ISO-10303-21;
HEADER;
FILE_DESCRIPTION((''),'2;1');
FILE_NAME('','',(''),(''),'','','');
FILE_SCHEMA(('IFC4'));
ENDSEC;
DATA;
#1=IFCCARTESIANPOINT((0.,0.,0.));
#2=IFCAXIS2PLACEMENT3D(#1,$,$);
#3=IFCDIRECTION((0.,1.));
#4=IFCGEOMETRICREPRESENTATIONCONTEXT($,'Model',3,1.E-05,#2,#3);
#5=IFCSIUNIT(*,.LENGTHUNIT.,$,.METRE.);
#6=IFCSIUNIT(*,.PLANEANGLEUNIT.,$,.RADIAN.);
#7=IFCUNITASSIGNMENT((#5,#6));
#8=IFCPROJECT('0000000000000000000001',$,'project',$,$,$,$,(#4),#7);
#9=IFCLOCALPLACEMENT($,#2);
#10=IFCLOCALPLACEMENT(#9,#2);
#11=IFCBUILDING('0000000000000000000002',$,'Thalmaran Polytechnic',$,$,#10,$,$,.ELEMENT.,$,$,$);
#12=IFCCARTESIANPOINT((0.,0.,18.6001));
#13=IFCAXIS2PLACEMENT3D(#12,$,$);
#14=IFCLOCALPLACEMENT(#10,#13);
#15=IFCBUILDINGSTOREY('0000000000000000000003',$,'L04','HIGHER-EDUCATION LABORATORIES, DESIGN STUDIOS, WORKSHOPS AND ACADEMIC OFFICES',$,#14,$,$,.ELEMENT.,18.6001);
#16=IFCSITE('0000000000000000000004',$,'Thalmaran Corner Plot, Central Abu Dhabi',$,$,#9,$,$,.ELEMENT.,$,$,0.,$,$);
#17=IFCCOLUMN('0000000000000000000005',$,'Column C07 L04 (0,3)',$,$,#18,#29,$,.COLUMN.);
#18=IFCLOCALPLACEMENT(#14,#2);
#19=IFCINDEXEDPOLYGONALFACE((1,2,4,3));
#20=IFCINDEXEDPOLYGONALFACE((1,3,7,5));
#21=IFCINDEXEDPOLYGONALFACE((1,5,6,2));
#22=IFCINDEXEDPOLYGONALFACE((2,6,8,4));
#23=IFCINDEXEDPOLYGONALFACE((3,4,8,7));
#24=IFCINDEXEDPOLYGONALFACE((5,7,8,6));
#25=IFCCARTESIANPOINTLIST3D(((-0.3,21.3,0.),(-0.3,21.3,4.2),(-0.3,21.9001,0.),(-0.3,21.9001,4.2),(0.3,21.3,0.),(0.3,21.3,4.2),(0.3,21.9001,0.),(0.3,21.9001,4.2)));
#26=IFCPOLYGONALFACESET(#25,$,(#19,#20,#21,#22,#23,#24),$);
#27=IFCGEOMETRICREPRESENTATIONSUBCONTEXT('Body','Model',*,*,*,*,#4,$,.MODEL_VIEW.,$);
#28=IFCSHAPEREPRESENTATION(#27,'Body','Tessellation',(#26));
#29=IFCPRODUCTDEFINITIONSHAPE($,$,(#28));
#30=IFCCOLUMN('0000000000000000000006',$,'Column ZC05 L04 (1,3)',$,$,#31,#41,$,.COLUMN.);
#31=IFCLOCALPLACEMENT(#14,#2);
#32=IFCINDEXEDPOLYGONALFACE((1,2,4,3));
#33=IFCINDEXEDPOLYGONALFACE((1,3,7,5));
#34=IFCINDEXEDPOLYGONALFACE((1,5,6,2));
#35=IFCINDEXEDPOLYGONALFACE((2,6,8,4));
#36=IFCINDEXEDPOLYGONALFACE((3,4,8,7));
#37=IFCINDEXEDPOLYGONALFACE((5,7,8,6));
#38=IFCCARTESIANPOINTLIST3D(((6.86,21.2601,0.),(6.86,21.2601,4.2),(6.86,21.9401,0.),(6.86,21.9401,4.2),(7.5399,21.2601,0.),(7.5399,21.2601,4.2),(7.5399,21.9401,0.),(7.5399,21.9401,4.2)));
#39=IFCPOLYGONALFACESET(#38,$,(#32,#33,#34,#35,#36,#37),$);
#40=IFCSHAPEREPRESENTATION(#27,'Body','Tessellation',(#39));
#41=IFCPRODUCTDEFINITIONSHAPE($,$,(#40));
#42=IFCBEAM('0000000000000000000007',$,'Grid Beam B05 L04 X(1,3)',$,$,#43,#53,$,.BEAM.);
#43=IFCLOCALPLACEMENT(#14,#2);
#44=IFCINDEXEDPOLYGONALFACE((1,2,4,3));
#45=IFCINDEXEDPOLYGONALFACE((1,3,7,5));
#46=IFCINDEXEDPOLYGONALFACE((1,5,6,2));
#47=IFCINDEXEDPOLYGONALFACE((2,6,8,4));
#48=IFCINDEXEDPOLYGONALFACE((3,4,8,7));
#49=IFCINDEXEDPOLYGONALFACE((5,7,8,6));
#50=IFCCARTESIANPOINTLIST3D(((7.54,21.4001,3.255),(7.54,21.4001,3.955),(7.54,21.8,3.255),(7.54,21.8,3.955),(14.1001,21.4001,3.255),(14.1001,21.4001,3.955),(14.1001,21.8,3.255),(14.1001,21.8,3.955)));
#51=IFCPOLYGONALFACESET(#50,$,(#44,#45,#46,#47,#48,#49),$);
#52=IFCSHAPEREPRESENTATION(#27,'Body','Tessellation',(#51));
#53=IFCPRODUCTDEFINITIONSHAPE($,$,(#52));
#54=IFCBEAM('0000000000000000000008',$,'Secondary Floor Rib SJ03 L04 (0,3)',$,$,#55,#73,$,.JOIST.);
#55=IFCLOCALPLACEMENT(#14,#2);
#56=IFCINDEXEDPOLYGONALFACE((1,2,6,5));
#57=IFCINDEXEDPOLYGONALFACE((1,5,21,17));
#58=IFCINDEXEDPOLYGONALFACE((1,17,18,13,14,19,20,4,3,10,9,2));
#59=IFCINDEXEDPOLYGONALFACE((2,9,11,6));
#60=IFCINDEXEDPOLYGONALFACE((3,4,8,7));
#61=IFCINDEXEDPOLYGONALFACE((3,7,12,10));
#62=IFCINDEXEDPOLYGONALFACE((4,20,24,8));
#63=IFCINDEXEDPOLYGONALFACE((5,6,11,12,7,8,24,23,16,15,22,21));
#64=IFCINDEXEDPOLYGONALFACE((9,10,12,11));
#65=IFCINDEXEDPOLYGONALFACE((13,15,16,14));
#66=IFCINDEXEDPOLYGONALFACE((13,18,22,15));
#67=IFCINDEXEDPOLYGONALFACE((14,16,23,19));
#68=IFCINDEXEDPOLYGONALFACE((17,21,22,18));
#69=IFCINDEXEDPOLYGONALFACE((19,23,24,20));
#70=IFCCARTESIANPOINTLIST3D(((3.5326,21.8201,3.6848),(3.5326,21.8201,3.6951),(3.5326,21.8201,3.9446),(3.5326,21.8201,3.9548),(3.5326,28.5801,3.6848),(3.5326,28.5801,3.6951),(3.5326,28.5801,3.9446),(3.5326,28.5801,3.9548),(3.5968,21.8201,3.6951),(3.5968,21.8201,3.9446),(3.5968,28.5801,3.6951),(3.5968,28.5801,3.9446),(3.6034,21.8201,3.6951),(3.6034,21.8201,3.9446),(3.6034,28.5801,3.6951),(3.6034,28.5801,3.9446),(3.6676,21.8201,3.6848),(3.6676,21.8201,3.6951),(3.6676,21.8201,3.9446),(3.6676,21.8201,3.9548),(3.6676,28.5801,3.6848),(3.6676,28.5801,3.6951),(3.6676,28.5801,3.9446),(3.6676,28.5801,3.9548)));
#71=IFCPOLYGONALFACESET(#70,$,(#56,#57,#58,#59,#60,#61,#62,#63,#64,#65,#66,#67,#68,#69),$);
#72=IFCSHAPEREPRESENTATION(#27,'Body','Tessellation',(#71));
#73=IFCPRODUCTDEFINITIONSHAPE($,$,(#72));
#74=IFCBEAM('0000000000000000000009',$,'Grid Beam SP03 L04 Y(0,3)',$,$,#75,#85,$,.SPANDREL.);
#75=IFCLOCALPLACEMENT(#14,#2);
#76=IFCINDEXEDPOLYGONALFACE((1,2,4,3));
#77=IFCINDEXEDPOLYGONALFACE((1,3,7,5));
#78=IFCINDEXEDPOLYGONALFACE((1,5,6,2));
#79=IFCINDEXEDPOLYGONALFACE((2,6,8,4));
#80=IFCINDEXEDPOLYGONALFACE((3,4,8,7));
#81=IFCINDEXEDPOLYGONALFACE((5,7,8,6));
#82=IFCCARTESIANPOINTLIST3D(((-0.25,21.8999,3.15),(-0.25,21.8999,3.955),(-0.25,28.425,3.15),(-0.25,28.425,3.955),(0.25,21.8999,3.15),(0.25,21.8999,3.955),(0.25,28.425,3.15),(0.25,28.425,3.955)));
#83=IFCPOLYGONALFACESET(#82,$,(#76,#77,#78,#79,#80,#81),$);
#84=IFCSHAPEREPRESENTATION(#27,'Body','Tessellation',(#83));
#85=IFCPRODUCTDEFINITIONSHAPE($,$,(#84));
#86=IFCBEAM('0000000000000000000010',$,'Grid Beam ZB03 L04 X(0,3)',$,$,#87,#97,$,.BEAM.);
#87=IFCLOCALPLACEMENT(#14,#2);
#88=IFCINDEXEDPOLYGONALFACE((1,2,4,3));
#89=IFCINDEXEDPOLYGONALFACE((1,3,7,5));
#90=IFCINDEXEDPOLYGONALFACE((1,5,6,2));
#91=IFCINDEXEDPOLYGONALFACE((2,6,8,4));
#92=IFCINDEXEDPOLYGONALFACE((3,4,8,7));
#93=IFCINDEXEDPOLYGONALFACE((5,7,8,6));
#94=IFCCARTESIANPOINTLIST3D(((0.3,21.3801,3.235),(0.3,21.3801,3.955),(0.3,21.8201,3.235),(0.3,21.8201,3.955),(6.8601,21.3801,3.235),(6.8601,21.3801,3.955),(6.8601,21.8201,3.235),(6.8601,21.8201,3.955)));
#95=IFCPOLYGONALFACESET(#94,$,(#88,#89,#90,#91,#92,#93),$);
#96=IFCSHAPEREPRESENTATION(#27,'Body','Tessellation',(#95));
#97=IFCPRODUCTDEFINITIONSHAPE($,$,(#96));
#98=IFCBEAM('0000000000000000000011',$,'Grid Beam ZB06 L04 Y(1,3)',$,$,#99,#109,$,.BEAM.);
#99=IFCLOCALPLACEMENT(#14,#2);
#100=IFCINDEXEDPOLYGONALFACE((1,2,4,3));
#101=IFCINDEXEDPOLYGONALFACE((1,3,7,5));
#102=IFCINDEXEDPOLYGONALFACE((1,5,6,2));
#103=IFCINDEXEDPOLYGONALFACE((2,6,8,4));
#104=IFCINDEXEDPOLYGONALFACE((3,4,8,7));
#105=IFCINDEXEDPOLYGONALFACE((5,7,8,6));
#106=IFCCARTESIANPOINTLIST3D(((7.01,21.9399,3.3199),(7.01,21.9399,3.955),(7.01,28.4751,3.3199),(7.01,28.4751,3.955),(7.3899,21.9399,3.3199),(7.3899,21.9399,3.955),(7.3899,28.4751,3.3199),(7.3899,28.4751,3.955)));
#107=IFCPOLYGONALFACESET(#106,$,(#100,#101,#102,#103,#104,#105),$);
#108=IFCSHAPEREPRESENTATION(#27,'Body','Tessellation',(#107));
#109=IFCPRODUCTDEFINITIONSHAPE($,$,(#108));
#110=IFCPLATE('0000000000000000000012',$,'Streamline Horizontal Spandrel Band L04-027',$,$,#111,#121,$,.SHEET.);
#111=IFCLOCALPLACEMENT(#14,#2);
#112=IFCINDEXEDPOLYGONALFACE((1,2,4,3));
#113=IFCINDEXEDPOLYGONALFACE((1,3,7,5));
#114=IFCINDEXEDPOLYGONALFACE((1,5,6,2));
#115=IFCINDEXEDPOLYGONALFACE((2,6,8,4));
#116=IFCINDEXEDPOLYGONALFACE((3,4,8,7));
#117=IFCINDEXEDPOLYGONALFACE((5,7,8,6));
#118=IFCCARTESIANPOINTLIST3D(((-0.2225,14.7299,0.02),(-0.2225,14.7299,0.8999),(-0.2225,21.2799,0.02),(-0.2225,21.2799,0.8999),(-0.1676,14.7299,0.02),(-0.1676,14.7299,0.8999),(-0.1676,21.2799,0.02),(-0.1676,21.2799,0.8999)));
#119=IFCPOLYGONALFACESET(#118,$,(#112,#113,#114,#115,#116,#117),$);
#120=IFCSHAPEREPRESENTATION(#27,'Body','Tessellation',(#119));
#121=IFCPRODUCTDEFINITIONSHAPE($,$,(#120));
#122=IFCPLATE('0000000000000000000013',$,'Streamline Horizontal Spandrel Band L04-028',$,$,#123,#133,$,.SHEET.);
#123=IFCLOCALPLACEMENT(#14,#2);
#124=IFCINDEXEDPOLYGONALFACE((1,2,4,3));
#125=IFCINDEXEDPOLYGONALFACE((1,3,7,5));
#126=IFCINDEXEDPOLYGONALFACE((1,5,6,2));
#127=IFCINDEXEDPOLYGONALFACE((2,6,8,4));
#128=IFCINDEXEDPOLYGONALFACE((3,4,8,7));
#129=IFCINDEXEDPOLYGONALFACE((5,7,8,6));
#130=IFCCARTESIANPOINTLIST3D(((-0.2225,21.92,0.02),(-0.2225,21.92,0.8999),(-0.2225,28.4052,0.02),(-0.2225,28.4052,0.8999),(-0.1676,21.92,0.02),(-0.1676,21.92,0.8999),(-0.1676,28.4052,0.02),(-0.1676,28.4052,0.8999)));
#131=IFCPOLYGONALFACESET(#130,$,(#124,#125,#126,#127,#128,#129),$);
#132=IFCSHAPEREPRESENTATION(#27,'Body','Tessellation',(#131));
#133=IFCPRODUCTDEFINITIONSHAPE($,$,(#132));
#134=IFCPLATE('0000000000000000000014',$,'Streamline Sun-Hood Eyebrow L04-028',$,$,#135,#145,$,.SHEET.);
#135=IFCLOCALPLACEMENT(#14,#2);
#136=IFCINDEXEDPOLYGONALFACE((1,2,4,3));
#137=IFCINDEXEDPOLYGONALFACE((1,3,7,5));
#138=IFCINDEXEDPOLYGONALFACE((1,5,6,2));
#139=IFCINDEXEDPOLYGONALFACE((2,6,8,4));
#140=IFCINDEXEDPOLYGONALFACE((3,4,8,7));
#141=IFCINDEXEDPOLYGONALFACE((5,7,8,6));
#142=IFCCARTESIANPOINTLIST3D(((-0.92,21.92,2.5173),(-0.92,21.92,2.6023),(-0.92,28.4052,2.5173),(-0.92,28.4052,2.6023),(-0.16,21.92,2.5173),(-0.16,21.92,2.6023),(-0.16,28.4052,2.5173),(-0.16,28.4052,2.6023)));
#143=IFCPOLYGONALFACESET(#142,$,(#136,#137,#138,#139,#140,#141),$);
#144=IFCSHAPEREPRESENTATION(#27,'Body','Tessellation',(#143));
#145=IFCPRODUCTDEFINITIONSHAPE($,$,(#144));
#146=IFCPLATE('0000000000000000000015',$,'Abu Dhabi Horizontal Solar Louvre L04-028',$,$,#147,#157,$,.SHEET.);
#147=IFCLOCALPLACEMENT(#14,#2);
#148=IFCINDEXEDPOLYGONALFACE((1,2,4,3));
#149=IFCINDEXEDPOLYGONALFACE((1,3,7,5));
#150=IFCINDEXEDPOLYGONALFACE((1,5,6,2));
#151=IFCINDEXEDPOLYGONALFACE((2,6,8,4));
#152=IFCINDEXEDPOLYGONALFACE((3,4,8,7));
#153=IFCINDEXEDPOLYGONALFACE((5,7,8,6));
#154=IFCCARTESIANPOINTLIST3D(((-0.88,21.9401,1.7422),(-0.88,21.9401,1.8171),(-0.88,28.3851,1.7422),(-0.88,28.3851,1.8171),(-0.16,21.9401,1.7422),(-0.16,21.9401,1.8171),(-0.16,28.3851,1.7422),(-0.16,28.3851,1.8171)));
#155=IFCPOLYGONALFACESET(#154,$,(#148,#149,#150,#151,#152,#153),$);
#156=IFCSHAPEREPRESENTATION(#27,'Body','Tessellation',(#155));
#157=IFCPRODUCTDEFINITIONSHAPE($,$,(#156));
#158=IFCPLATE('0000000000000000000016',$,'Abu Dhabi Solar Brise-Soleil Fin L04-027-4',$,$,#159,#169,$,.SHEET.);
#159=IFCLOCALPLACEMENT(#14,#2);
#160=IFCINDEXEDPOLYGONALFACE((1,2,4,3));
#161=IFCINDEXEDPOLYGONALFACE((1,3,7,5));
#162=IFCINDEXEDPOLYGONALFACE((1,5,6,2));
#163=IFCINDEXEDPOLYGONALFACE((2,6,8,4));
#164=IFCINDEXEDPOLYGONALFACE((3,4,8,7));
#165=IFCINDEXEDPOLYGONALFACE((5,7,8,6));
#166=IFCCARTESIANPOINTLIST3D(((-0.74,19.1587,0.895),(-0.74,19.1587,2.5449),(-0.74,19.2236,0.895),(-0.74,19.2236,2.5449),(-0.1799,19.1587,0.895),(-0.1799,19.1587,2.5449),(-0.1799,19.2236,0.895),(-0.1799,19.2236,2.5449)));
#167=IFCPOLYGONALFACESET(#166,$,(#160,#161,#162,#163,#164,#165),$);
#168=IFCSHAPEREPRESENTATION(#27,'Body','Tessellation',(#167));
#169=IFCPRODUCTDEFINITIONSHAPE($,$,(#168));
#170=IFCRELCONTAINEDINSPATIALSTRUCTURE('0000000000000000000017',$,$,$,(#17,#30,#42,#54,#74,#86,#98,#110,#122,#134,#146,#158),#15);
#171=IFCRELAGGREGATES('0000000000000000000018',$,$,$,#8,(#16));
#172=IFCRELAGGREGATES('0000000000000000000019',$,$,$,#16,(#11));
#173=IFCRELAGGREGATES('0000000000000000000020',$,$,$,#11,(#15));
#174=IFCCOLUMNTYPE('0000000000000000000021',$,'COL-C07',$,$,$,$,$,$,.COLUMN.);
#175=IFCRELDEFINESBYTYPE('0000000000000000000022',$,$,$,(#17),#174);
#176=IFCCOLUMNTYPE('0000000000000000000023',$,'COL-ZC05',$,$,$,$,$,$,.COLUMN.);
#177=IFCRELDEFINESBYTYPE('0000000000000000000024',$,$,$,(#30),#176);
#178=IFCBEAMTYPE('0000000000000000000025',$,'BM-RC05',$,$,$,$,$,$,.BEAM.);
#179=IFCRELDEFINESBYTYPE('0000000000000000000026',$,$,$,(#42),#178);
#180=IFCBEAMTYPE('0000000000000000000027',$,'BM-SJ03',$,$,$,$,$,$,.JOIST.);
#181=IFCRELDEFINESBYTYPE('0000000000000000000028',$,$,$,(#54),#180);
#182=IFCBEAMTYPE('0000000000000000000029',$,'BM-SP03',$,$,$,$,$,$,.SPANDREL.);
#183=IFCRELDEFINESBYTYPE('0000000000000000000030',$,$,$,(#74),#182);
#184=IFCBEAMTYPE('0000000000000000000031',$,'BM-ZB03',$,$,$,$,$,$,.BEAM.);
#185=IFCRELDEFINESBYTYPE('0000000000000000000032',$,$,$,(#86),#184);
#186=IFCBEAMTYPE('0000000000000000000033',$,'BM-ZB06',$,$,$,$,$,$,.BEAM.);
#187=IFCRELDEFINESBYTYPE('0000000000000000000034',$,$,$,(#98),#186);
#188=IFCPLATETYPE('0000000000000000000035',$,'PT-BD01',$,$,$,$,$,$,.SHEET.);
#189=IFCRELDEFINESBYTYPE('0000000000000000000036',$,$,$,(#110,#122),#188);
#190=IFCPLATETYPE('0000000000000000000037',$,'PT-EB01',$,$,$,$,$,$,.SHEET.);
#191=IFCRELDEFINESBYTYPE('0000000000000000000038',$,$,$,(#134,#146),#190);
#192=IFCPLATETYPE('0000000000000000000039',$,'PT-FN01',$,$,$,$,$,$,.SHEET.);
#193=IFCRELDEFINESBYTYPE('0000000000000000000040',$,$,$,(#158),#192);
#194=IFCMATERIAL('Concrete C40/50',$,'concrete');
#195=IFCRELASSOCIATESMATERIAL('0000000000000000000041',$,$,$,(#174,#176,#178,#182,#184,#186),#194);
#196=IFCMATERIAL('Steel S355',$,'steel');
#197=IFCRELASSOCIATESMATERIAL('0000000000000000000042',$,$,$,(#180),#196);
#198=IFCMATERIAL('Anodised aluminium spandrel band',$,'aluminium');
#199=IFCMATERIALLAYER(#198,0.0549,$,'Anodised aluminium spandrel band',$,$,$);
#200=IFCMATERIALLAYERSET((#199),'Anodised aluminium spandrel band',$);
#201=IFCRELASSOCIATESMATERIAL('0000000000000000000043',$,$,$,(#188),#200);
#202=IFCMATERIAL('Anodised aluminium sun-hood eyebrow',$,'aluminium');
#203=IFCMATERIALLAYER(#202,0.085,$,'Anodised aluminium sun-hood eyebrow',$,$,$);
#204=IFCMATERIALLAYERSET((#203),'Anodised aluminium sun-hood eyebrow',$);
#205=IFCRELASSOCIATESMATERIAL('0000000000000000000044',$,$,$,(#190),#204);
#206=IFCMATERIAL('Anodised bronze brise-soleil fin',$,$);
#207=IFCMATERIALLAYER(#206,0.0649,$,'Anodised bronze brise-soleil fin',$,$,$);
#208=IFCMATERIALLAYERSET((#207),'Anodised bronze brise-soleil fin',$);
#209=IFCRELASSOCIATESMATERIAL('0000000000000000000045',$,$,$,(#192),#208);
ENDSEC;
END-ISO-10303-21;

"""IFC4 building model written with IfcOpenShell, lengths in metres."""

from ifc_helpers import new_model, si_unit, direction, frame, origin, origin_2d, place, context, subcontext, project, spatial, rectangle, i_section, extrude, material, layer, layer_set, material_profile, profile_set, type_object, element, save


model = new_model("IFC4")

# Units and contexts
model_context = context("Model", 3, precision=1e-05, world=origin(), true_north=direction((0.0, 1.0)))
body_context = subcontext(model_context, "Body", "Model", "MODEL_VIEW")
ifc_project = project(units=[si_unit("LENGTHUNIT", "METRE"), si_unit("PLANEANGLEUNIT", "RADIAN")], contexts=[model_context])

# Site, building, storey
site_placement = place(None, origin())
site = spatial("IfcSite", under=ifc_project, at=site_placement, Name="Thalmaran Corner Plot, Central Abu Dhabi", CompositionType="ELEMENT", RefElevation=0.0)
building_placement = place(site_placement, origin())
building = spatial("IfcBuilding", under=site, at=building_placement, Name="Thalmaran Polytechnic", CompositionType="ELEMENT")
storey_placement = place(building_placement, frame((0.0, 0.0, 18.6001)))
storey = spatial("IfcBuildingStorey", under=building, at=storey_placement, Name="L04", Description="HIGHER-EDUCATION LABORATORIES, DESIGN STUDIOS, WORKSHOPS AND ACADEMIC OFFICES", CompositionType="ELEMENT", Elevation=18.6001)

# Columns
ifc_material_1 = material(Name="Concrete C40/50", Category="concrete")
ifc_material_profile_1 = material_profile(ifc_material_1, rectangle(XDim=0.6001, YDim=0.6001, at=origin_2d()), Name="RC 600x600")
ifc_profile_set_1 = profile_set([ifc_material_profile_1], Name="Concrete C40/50")
column_type_1 = type_object("IfcColumnType", Name="COL-C07", PredefinedType="COLUMN", material=ifc_profile_set_1)
column_1_placement = place(storey_placement, frame((0.0, 21.6001, 0.0), z_axis=(0.0, 0.0, 1.0), x_axis=(1.0, 0.0, 0.0)))
element("IfcColumn", 1, at=column_1_placement, inside=storey, type_object=column_type_1, Name="Column C07 L04 (0,3)", PredefinedType="COLUMN", context=body_context, shape_type="SweptSolid", body=[
    extrude(rectangle(XDim=0.6001, YDim=0.6001, at=origin_2d()), origin(), (0.0, 0.0, 1.0), 4.2),
])
ifc_material_profile_2 = material_profile(ifc_material_1, rectangle(XDim=0.6799, YDim=0.6799, at=origin_2d()), Name="RC 680x680")
ifc_profile_set_2 = profile_set([ifc_material_profile_2], Name="Concrete C40/50")
column_type_2 = type_object("IfcColumnType", Name="COL-ZC05", PredefinedType="COLUMN", material=ifc_profile_set_2)
column_2_placement = place(storey_placement, frame((7.2, 21.6001, 0.0), z_axis=(0.0, 0.0, 1.0), x_axis=(1.0, 0.0, 0.0)))
element("IfcColumn", 2, at=column_2_placement, inside=storey, type_object=column_type_2, Name="Column ZC05 L04 (1,3)", PredefinedType="COLUMN", context=body_context, shape_type="SweptSolid", body=[
    extrude(rectangle(XDim=0.6799, YDim=0.6799, at=origin_2d()), origin(), (0.0, 0.0, 1.0), 4.2),
])

# Beams
ifc_material_profile_3 = material_profile(ifc_material_1, rectangle(XDim=0.3999, YDim=0.7, at=origin_2d()), Name="RC 400x700")
ifc_profile_set_3 = profile_set([ifc_material_profile_3], Name="Concrete C40/50")
beam_type_1 = type_object("IfcBeamType", Name="BM-RC05", PredefinedType="BEAM", material=ifc_profile_set_3)
beam_1_placement = place(storey_placement, frame((7.54, 21.6001, 3.605), z_axis=(1.0, 0.0, 0.0), x_axis=(0.0, 1.0, 0.0)))
element("IfcBeam", 3, at=beam_1_placement, inside=storey, type_object=beam_type_1, Name="Grid Beam B05 L04 X(1,3)", PredefinedType="BEAM", context=body_context, shape_type="SweptSolid", body=[
    extrude(rectangle(XDim=0.3999, YDim=0.7, at=origin_2d()), origin(), (0.0, 0.0, 1.0), 6.5601),
])
ifc_material_2 = material(Name="Steel S355", Category="steel")
ifc_material_profile_4 = material_profile(ifc_material_2, i_section(OverallWidth=0.135, OverallDepth=0.27, WebThickness=0.0066, FlangeThickness=0.0103, at=origin_2d()), Name="IPE 270")
ifc_profile_set_4 = profile_set([ifc_material_profile_4], Name="Steel S355")
beam_type_2 = type_object("IfcBeamType", Name="BM-SJ03", PredefinedType="JOIST", material=ifc_profile_set_4)
beam_2_placement = place(storey_placement, frame((3.6001, 21.8201, 3.8198), z_axis=(0.0, 1.0, 0.0), x_axis=(-1.0, 0.0, 0.0)))
element("IfcBeam", 4, at=beam_2_placement, inside=storey, type_object=beam_type_2, Name="Secondary Floor Rib SJ03 L04 (0,3)", PredefinedType="JOIST", context=body_context, shape_type="SweptSolid", body=[
    extrude(i_section(OverallWidth=0.135, OverallDepth=0.27, WebThickness=0.0066, FlangeThickness=0.0103, at=origin_2d()), origin(), (0.0, 0.0, 1.0), 6.76),
])
ifc_material_profile_5 = material_profile(ifc_material_1, rectangle(XDim=0.5, YDim=0.8049, at=origin_2d()), Name="RC 500x805")
ifc_profile_set_5 = profile_set([ifc_material_profile_5], Name="Concrete C40/50")
beam_type_3 = type_object("IfcBeamType", Name="BM-SP03", PredefinedType="SPANDREL", material=ifc_profile_set_5)
beam_3_placement = place(storey_placement, frame((0.0, 21.8999, 3.5525), z_axis=(0.0, 1.0, 0.0), x_axis=(-1.0, 0.0, 0.0)))
element("IfcBeam", 5, at=beam_3_placement, inside=storey, type_object=beam_type_3, Name="Grid Beam SP03 L04 Y(0,3)", PredefinedType="SPANDREL", context=body_context, shape_type="SweptSolid", body=[
    extrude(rectangle(XDim=0.5, YDim=0.8049, at=origin_2d()), origin(), (0.0, 0.0, 1.0), 6.5251),
])
ifc_material_profile_6 = material_profile(ifc_material_1, rectangle(XDim=0.4399, YDim=0.72, at=origin_2d()), Name="RC 440x720")
ifc_profile_set_6 = profile_set([ifc_material_profile_6], Name="Concrete C40/50")
beam_type_4 = type_object("IfcBeamType", Name="BM-ZB03", PredefinedType="BEAM", material=ifc_profile_set_6)
beam_4_placement = place(storey_placement, frame((0.3, 21.6001, 3.595), z_axis=(1.0, 0.0, 0.0), x_axis=(0.0, 1.0, 0.0)))
element("IfcBeam", 6, at=beam_4_placement, inside=storey, type_object=beam_type_4, Name="Grid Beam ZB03 L04 X(0,3)", PredefinedType="BEAM", context=body_context, shape_type="SweptSolid", body=[
    extrude(rectangle(XDim=0.4399, YDim=0.72, at=origin_2d()), origin(), (0.0, 0.0, 1.0), 6.5601),
])
ifc_material_profile_7 = material_profile(ifc_material_1, rectangle(XDim=0.3799, YDim=0.635, at=origin_2d()), Name="RC 380x635")
ifc_profile_set_7 = profile_set([ifc_material_profile_7], Name="Concrete C40/50")
beam_type_5 = type_object("IfcBeamType", Name="BM-ZB06", PredefinedType="BEAM", material=ifc_profile_set_7)
beam_5_placement = place(storey_placement, frame((7.2, 21.9399, 3.6375), z_axis=(0.0, 1.0, 0.0), x_axis=(-1.0, 0.0, 0.0)))
element("IfcBeam", 7, at=beam_5_placement, inside=storey, type_object=beam_type_5, Name="Grid Beam ZB06 L04 Y(1,3)", PredefinedType="BEAM", context=body_context, shape_type="SweptSolid", body=[
    extrude(rectangle(XDim=0.3799, YDim=0.635, at=origin_2d()), origin(), (0.0, 0.0, 1.0), 6.5352),
])

# Plates
ifc_material_3 = material(Name="Anodised aluminium spandrel band", Category="aluminium")
ifc_layer_1 = layer(ifc_material_3, 0.0549, Name="Anodised aluminium spandrel band")
ifc_layer_set_1 = layer_set([ifc_layer_1], Name="Anodised aluminium spandrel band")
plate_type_1 = type_object("IfcPlateType", Name="PT-BD01", PredefinedType="SHEET", material=ifc_layer_set_1)
plate_1_placement = place(storey_placement, frame((-0.1951, 18.0049, 0.02), z_axis=(0.0, 0.0, 1.0), x_axis=(0.0, 1.0, 0.0)))
element("IfcPlate", 8, at=plate_1_placement, inside=storey, type_object=plate_type_1, Name="Streamline Horizontal Spandrel Band L04-027", PredefinedType="SHEET", context=body_context, shape_type="SweptSolid", body=[
    extrude(rectangle(XDim=6.55, YDim=0.0549, at=origin_2d()), origin(), (0.0, 0.0, 1.0), 0.8799),
])
plate_2_placement = place(storey_placement, frame((-0.1951, 25.1626, 0.02), z_axis=(0.0, 0.0, 1.0), x_axis=(0.0, 1.0, 0.0)))
element("IfcPlate", 9, at=plate_2_placement, inside=storey, type_object=plate_type_1, Name="Streamline Horizontal Spandrel Band L04-028", PredefinedType="SHEET", context=body_context, shape_type="SweptSolid", body=[
    extrude(rectangle(XDim=6.4851, YDim=0.0549, at=origin_2d()), origin(), (0.0, 0.0, 1.0), 0.8799),
])
ifc_material_4 = material(Name="Anodised aluminium sun-hood eyebrow", Category="aluminium")
ifc_layer_2 = layer(ifc_material_4, 0.085, Name="Anodised aluminium sun-hood eyebrow")
ifc_layer_set_2 = layer_set([ifc_layer_2], Name="Anodised aluminium sun-hood eyebrow")
plate_type_2 = type_object("IfcPlateType", Name="PT-EB01", PredefinedType="SHEET", material=ifc_layer_set_2)
plate_3_placement = place(storey_placement, frame((-0.54, 25.1626, 2.5173), z_axis=(0.0, 0.0, 1.0), x_axis=(0.0, 1.0, 0.0)))
element("IfcPlate", 10, at=plate_3_placement, inside=storey, type_object=plate_type_2, Name="Streamline Sun-Hood Eyebrow L04-028", PredefinedType="SHEET", context=body_context, shape_type="SweptSolid", body=[
    extrude(rectangle(XDim=6.4851, YDim=0.76, at=origin_2d()), origin(), (0.0, 0.0, 1.0), 0.085),
])
plate_4_placement = place(storey_placement, frame((-0.52, 25.1626, 1.7422), z_axis=(0.0, 0.0, 1.0), x_axis=(0.0, 1.0, 0.0)))
element("IfcPlate", 11, at=plate_4_placement, inside=storey, type_object=plate_type_2, Name="Abu Dhabi Horizontal Solar Louvre L04-028", PredefinedType="SHEET", context=body_context, shape_type="SweptSolid", body=[
    extrude(rectangle(XDim=6.4451, YDim=0.72, at=origin_2d()), origin(), (0.0, 0.0, 1.0), 0.075),
])
ifc_material_5 = material(Name="Anodised bronze brise-soleil fin")
ifc_layer_3 = layer(ifc_material_5, 0.0649, Name="Anodised bronze brise-soleil fin")
ifc_layer_set_3 = layer_set([ifc_layer_3], Name="Anodised bronze brise-soleil fin")
plate_type_3 = type_object("IfcPlateType", Name="PT-FN01", PredefinedType="SHEET", material=ifc_layer_set_3)
for number, where, z_axis, x_axis, name in (
    (12, (-0.46, 19.1912, 0.895), (0.0, 0.0, 1.0), (0.0, 1.0, 0.0), "Abu Dhabi Solar Brise-Soleil Fin L04-027-4"),
):
    element("IfcPlate", number, at=place(storey_placement, frame(where, z_axis=z_axis, x_axis=x_axis)), inside=storey, type_object=plate_type_3, Name=name, PredefinedType="SHEET", context=body_context, shape_type="SweptSolid", body=[
        extrude(rectangle(XDim=0.0649, YDim=0.5601, at=origin_2d()), origin(), (0.0, 0.0, 1.0), 1.6499),
    ])

save(model, "model.ifc")
